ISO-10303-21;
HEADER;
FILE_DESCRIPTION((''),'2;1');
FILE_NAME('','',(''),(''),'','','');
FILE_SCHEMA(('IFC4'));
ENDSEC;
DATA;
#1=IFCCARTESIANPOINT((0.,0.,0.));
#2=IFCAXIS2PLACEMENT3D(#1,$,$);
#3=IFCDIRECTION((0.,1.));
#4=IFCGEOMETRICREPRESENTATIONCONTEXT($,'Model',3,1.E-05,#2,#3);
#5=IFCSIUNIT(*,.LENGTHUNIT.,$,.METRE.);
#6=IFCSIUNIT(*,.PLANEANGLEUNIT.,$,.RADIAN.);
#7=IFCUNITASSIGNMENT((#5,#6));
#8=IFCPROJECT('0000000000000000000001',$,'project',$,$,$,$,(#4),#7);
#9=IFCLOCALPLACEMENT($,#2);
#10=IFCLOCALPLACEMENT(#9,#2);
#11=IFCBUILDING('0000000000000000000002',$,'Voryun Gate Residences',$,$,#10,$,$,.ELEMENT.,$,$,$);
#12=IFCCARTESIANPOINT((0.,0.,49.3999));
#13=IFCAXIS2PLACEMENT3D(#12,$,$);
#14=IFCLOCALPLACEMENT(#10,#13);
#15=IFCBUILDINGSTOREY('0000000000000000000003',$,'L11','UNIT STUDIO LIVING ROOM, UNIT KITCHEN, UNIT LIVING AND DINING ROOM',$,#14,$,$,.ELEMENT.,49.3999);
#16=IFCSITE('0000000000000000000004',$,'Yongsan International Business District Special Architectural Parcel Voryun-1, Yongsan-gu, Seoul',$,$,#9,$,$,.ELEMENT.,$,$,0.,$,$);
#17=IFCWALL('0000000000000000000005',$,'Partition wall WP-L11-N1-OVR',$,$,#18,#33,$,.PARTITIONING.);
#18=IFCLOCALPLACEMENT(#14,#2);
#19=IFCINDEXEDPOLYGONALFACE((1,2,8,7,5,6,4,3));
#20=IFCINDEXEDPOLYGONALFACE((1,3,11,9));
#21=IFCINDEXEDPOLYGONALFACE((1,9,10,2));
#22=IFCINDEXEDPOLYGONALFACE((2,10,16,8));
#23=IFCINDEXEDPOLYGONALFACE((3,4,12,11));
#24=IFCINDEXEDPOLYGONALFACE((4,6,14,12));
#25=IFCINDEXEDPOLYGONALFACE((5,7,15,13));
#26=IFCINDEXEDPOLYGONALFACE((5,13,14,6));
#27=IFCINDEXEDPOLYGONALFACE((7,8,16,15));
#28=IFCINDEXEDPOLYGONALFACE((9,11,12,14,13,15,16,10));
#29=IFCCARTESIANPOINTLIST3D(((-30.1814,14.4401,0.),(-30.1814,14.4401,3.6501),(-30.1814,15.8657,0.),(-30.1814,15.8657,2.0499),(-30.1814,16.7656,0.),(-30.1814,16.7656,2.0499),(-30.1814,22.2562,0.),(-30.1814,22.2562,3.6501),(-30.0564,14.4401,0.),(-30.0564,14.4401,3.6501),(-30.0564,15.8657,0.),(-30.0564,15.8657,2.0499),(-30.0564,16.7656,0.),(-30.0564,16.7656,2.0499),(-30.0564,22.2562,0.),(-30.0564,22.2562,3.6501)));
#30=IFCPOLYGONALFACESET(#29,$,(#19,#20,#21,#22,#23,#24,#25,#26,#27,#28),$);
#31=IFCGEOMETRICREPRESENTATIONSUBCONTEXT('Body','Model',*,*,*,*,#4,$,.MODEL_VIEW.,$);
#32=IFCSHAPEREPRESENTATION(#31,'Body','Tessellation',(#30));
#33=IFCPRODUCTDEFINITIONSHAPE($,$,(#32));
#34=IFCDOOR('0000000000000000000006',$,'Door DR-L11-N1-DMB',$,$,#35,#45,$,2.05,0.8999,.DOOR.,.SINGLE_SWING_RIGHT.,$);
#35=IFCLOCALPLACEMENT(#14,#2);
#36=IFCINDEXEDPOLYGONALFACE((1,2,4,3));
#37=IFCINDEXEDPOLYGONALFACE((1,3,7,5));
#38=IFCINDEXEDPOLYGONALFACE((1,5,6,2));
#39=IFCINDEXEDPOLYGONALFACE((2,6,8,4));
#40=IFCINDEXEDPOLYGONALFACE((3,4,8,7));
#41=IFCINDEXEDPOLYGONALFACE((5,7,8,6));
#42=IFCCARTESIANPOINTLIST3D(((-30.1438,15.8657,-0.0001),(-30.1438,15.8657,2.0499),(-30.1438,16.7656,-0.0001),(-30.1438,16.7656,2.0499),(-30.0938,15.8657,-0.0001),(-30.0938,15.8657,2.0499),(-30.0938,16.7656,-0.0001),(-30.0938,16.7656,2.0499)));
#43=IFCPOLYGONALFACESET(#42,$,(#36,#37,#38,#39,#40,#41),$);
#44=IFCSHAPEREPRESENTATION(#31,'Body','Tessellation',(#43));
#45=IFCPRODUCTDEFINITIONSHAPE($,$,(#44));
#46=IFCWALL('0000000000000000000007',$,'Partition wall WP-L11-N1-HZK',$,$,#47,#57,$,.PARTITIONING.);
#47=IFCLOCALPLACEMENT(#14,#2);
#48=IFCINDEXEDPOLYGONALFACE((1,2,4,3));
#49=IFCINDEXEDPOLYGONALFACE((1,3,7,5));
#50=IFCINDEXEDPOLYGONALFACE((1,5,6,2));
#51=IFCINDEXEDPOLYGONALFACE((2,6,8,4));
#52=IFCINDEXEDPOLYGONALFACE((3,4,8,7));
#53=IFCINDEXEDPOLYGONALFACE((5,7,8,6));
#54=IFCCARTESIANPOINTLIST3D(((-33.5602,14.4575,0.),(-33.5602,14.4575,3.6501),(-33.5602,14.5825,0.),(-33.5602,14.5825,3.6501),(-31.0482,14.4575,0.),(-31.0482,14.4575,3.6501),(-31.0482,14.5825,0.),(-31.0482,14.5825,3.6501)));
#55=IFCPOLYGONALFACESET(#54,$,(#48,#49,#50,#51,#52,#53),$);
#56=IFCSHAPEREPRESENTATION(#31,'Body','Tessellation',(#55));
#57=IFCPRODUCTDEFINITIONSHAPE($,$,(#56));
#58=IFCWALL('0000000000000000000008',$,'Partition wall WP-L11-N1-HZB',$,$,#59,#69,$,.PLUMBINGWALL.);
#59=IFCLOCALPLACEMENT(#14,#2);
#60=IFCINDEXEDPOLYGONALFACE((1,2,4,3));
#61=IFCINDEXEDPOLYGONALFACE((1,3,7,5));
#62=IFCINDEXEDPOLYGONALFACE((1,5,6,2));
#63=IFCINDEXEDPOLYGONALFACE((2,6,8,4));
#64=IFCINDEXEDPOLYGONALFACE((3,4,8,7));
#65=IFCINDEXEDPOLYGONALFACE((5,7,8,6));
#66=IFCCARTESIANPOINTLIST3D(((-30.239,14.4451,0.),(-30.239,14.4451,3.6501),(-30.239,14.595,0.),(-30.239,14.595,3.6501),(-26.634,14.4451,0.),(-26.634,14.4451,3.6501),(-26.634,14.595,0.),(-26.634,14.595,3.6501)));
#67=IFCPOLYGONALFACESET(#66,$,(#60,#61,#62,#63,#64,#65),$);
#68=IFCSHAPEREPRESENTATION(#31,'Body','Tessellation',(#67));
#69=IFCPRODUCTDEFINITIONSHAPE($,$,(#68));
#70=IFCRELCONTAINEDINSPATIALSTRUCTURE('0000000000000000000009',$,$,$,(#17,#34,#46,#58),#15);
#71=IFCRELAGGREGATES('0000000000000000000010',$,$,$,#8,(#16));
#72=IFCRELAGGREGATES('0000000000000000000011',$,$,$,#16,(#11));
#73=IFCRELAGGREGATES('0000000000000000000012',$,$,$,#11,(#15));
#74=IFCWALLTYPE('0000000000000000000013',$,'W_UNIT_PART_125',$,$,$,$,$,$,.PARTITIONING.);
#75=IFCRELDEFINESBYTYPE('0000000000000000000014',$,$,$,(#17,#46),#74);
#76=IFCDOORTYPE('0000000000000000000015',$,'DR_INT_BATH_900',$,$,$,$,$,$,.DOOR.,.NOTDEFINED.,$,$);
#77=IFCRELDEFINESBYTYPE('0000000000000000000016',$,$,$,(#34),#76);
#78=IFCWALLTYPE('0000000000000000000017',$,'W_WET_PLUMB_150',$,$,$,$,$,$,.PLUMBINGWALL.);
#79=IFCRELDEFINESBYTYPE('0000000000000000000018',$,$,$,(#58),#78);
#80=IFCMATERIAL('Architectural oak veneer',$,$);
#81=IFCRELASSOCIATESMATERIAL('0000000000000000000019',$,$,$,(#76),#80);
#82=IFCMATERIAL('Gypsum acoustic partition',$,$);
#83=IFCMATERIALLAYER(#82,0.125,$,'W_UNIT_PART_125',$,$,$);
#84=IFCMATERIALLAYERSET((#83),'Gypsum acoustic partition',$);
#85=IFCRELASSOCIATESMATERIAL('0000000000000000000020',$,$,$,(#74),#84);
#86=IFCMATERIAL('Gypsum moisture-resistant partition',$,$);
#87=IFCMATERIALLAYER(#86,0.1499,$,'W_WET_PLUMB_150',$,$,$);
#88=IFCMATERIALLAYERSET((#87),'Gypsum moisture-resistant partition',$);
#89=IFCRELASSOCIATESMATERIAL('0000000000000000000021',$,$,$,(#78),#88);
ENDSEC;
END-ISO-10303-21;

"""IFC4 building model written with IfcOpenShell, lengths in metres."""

from ifc_helpers import new_model, si_unit, direction, frame, frame_2d, origin, place, context, subcontext, project, spatial, rectangle, extrude, material, layer, layer_set, type_object, element, fill, save


model = new_model("IFC4")

# Units and contexts
model_context = context("Model", 3, precision=1e-05, world=origin(), true_north=direction((0.0, 1.0)))
body_context = subcontext(model_context, "Body", "Model", "MODEL_VIEW")
ifc_project = project(units=[si_unit("LENGTHUNIT", "METRE"), si_unit("PLANEANGLEUNIT", "RADIAN")], contexts=[model_context])

# Site, building, storey
site_placement = place(None, origin())
site = spatial("IfcSite", under=ifc_project, at=site_placement, Name="Yongsan International Business District Special Architectural Parcel Voryun-1, Yongsan-gu, Seoul", CompositionType="ELEMENT", RefElevation=0.0)
building_placement = place(site_placement, origin())
building = spatial("IfcBuilding", under=site, at=building_placement, Name="Voryun Gate Residences", CompositionType="ELEMENT")
storey_placement = place(building_placement, frame((0.0, 0.0, 49.3999)))
storey = spatial("IfcBuildingStorey", under=building, at=storey_placement, Name="L11", Description="UNIT STUDIO LIVING ROOM, UNIT KITCHEN, UNIT LIVING AND DINING ROOM", CompositionType="ELEMENT", Elevation=49.3999)

# Shared definitions
ifc_material_1 = material(Name="Architectural oak veneer")
door_type_1 = type_object("IfcDoorType", Name="DR_INT_BATH_900", OperationType="NOTDEFINED", PredefinedType="DOOR", material=ifc_material_1)

# Wall, opening, door
ifc_material_2 = material(Name="Gypsum acoustic partition")
ifc_layer_1 = layer(ifc_material_2, 0.125, Name="W_UNIT_PART_125")
ifc_layer_set_1 = layer_set([ifc_layer_1], Name="Gypsum acoustic partition")
wall_type_1 = type_object("IfcWallType", Name="W_UNIT_PART_125", PredefinedType="PARTITIONING", material=ifc_layer_set_1)
wall_1_placement = place(storey_placement, frame((-30.1189, 14.4399, 0.0), z_axis=(0.0, 0.0, 1.0), x_axis=(0.0, 1.0, 0.0)))
wall_1 = element("IfcWall", 1, at=wall_1_placement, inside=storey, type_object=wall_type_1, Name="Partition wall WP-L11-N1-OVR", PredefinedType="PARTITIONING", context=body_context, shape_type="SweptSolid", body=[
    extrude(rectangle(XDim=7.8162, YDim=0.125, at=frame_2d((3.9082, 0.0))), origin(), (0.0, 0.0, 1.0), 3.6501),
])
opening_1_placement = place(wall_1_placement, frame((1.4258, 0.0, 0.0)))
opening_1 = element("IfcOpeningElement", 2, at=opening_1_placement, cuts=wall_1, PredefinedType="OPENING", context=body_context, shape_type="SweptSolid", body=[
    extrude(rectangle(XDim=0.8999, YDim=2.05, at=frame_2d((0.45, 1.0249))), frame((0.0, 0.0725, 0.0), z_axis=(0.0, -1.0, 0.0), x_axis=(1.0, 0.0, 0.0)), (0.0, 0.0, 1.0), 0.145),
])
door_1_placement = place(opening_1_placement, origin())
door_1 = element("IfcDoor", 3, at=door_1_placement, inside=storey, type_object=door_type_1, Name="Door DR-L11-N1-DMB", OperationType="SINGLE_SWING_RIGHT", OverallHeight=2.05, OverallWidth=0.8999, PredefinedType="DOOR", context=body_context, shape_type="SweptSolid", body=[
    extrude(rectangle(XDim=0.8999, YDim=2.05, at=frame_2d((0.45, 1.0249))), frame((0.0, 0.0249, 0.0), z_axis=(0.0, -1.0, 0.0), x_axis=(1.0, 0.0, 0.0)), (0.0, 0.0, 1.0), 0.05),
])
fill(opening_1, door_1)

# Walls
wall_2_placement = place(storey_placement, frame((-33.5601, 14.52, 0.0), z_axis=(0.0, 0.0, 1.0), x_axis=(1.0, 0.0, 0.0)))
element("IfcWall", 4, at=wall_2_placement, inside=storey, type_object=wall_type_1, Name="Partition wall WP-L11-N1-HZK", PredefinedType="PARTITIONING", context=body_context, shape_type="SweptSolid", body=[
    extrude(rectangle(XDim=2.512, YDim=0.125, at=frame_2d((1.2559, 0.0))), origin(), (0.0, 0.0, 1.0), 3.6501),
])
ifc_material_3 = material(Name="Gypsum moisture-resistant partition")
ifc_layer_2 = layer(ifc_material_3, 0.1499, Name="W_WET_PLUMB_150")
ifc_layer_set_2 = layer_set([ifc_layer_2], Name="Gypsum moisture-resistant partition")
wall_type_2 = type_object("IfcWallType", Name="W_WET_PLUMB_150", PredefinedType="PLUMBINGWALL", material=ifc_layer_set_2)
wall_3_placement = place(storey_placement, frame((-30.239, 14.52, 0.0), z_axis=(0.0, 0.0, 1.0), x_axis=(1.0, 0.0, 0.0)))
element("IfcWall", 5, at=wall_3_placement, inside=storey, type_object=wall_type_2, Name="Partition wall WP-L11-N1-HZB", PredefinedType="PLUMBINGWALL", context=body_context, shape_type="SweptSolid", body=[
    extrude(rectangle(XDim=3.605, YDim=0.1499, at=frame_2d((1.8025, 0.0))), origin(), (0.0, 0.0, 1.0), 3.6501),
])

save(model, "model.ifc")
